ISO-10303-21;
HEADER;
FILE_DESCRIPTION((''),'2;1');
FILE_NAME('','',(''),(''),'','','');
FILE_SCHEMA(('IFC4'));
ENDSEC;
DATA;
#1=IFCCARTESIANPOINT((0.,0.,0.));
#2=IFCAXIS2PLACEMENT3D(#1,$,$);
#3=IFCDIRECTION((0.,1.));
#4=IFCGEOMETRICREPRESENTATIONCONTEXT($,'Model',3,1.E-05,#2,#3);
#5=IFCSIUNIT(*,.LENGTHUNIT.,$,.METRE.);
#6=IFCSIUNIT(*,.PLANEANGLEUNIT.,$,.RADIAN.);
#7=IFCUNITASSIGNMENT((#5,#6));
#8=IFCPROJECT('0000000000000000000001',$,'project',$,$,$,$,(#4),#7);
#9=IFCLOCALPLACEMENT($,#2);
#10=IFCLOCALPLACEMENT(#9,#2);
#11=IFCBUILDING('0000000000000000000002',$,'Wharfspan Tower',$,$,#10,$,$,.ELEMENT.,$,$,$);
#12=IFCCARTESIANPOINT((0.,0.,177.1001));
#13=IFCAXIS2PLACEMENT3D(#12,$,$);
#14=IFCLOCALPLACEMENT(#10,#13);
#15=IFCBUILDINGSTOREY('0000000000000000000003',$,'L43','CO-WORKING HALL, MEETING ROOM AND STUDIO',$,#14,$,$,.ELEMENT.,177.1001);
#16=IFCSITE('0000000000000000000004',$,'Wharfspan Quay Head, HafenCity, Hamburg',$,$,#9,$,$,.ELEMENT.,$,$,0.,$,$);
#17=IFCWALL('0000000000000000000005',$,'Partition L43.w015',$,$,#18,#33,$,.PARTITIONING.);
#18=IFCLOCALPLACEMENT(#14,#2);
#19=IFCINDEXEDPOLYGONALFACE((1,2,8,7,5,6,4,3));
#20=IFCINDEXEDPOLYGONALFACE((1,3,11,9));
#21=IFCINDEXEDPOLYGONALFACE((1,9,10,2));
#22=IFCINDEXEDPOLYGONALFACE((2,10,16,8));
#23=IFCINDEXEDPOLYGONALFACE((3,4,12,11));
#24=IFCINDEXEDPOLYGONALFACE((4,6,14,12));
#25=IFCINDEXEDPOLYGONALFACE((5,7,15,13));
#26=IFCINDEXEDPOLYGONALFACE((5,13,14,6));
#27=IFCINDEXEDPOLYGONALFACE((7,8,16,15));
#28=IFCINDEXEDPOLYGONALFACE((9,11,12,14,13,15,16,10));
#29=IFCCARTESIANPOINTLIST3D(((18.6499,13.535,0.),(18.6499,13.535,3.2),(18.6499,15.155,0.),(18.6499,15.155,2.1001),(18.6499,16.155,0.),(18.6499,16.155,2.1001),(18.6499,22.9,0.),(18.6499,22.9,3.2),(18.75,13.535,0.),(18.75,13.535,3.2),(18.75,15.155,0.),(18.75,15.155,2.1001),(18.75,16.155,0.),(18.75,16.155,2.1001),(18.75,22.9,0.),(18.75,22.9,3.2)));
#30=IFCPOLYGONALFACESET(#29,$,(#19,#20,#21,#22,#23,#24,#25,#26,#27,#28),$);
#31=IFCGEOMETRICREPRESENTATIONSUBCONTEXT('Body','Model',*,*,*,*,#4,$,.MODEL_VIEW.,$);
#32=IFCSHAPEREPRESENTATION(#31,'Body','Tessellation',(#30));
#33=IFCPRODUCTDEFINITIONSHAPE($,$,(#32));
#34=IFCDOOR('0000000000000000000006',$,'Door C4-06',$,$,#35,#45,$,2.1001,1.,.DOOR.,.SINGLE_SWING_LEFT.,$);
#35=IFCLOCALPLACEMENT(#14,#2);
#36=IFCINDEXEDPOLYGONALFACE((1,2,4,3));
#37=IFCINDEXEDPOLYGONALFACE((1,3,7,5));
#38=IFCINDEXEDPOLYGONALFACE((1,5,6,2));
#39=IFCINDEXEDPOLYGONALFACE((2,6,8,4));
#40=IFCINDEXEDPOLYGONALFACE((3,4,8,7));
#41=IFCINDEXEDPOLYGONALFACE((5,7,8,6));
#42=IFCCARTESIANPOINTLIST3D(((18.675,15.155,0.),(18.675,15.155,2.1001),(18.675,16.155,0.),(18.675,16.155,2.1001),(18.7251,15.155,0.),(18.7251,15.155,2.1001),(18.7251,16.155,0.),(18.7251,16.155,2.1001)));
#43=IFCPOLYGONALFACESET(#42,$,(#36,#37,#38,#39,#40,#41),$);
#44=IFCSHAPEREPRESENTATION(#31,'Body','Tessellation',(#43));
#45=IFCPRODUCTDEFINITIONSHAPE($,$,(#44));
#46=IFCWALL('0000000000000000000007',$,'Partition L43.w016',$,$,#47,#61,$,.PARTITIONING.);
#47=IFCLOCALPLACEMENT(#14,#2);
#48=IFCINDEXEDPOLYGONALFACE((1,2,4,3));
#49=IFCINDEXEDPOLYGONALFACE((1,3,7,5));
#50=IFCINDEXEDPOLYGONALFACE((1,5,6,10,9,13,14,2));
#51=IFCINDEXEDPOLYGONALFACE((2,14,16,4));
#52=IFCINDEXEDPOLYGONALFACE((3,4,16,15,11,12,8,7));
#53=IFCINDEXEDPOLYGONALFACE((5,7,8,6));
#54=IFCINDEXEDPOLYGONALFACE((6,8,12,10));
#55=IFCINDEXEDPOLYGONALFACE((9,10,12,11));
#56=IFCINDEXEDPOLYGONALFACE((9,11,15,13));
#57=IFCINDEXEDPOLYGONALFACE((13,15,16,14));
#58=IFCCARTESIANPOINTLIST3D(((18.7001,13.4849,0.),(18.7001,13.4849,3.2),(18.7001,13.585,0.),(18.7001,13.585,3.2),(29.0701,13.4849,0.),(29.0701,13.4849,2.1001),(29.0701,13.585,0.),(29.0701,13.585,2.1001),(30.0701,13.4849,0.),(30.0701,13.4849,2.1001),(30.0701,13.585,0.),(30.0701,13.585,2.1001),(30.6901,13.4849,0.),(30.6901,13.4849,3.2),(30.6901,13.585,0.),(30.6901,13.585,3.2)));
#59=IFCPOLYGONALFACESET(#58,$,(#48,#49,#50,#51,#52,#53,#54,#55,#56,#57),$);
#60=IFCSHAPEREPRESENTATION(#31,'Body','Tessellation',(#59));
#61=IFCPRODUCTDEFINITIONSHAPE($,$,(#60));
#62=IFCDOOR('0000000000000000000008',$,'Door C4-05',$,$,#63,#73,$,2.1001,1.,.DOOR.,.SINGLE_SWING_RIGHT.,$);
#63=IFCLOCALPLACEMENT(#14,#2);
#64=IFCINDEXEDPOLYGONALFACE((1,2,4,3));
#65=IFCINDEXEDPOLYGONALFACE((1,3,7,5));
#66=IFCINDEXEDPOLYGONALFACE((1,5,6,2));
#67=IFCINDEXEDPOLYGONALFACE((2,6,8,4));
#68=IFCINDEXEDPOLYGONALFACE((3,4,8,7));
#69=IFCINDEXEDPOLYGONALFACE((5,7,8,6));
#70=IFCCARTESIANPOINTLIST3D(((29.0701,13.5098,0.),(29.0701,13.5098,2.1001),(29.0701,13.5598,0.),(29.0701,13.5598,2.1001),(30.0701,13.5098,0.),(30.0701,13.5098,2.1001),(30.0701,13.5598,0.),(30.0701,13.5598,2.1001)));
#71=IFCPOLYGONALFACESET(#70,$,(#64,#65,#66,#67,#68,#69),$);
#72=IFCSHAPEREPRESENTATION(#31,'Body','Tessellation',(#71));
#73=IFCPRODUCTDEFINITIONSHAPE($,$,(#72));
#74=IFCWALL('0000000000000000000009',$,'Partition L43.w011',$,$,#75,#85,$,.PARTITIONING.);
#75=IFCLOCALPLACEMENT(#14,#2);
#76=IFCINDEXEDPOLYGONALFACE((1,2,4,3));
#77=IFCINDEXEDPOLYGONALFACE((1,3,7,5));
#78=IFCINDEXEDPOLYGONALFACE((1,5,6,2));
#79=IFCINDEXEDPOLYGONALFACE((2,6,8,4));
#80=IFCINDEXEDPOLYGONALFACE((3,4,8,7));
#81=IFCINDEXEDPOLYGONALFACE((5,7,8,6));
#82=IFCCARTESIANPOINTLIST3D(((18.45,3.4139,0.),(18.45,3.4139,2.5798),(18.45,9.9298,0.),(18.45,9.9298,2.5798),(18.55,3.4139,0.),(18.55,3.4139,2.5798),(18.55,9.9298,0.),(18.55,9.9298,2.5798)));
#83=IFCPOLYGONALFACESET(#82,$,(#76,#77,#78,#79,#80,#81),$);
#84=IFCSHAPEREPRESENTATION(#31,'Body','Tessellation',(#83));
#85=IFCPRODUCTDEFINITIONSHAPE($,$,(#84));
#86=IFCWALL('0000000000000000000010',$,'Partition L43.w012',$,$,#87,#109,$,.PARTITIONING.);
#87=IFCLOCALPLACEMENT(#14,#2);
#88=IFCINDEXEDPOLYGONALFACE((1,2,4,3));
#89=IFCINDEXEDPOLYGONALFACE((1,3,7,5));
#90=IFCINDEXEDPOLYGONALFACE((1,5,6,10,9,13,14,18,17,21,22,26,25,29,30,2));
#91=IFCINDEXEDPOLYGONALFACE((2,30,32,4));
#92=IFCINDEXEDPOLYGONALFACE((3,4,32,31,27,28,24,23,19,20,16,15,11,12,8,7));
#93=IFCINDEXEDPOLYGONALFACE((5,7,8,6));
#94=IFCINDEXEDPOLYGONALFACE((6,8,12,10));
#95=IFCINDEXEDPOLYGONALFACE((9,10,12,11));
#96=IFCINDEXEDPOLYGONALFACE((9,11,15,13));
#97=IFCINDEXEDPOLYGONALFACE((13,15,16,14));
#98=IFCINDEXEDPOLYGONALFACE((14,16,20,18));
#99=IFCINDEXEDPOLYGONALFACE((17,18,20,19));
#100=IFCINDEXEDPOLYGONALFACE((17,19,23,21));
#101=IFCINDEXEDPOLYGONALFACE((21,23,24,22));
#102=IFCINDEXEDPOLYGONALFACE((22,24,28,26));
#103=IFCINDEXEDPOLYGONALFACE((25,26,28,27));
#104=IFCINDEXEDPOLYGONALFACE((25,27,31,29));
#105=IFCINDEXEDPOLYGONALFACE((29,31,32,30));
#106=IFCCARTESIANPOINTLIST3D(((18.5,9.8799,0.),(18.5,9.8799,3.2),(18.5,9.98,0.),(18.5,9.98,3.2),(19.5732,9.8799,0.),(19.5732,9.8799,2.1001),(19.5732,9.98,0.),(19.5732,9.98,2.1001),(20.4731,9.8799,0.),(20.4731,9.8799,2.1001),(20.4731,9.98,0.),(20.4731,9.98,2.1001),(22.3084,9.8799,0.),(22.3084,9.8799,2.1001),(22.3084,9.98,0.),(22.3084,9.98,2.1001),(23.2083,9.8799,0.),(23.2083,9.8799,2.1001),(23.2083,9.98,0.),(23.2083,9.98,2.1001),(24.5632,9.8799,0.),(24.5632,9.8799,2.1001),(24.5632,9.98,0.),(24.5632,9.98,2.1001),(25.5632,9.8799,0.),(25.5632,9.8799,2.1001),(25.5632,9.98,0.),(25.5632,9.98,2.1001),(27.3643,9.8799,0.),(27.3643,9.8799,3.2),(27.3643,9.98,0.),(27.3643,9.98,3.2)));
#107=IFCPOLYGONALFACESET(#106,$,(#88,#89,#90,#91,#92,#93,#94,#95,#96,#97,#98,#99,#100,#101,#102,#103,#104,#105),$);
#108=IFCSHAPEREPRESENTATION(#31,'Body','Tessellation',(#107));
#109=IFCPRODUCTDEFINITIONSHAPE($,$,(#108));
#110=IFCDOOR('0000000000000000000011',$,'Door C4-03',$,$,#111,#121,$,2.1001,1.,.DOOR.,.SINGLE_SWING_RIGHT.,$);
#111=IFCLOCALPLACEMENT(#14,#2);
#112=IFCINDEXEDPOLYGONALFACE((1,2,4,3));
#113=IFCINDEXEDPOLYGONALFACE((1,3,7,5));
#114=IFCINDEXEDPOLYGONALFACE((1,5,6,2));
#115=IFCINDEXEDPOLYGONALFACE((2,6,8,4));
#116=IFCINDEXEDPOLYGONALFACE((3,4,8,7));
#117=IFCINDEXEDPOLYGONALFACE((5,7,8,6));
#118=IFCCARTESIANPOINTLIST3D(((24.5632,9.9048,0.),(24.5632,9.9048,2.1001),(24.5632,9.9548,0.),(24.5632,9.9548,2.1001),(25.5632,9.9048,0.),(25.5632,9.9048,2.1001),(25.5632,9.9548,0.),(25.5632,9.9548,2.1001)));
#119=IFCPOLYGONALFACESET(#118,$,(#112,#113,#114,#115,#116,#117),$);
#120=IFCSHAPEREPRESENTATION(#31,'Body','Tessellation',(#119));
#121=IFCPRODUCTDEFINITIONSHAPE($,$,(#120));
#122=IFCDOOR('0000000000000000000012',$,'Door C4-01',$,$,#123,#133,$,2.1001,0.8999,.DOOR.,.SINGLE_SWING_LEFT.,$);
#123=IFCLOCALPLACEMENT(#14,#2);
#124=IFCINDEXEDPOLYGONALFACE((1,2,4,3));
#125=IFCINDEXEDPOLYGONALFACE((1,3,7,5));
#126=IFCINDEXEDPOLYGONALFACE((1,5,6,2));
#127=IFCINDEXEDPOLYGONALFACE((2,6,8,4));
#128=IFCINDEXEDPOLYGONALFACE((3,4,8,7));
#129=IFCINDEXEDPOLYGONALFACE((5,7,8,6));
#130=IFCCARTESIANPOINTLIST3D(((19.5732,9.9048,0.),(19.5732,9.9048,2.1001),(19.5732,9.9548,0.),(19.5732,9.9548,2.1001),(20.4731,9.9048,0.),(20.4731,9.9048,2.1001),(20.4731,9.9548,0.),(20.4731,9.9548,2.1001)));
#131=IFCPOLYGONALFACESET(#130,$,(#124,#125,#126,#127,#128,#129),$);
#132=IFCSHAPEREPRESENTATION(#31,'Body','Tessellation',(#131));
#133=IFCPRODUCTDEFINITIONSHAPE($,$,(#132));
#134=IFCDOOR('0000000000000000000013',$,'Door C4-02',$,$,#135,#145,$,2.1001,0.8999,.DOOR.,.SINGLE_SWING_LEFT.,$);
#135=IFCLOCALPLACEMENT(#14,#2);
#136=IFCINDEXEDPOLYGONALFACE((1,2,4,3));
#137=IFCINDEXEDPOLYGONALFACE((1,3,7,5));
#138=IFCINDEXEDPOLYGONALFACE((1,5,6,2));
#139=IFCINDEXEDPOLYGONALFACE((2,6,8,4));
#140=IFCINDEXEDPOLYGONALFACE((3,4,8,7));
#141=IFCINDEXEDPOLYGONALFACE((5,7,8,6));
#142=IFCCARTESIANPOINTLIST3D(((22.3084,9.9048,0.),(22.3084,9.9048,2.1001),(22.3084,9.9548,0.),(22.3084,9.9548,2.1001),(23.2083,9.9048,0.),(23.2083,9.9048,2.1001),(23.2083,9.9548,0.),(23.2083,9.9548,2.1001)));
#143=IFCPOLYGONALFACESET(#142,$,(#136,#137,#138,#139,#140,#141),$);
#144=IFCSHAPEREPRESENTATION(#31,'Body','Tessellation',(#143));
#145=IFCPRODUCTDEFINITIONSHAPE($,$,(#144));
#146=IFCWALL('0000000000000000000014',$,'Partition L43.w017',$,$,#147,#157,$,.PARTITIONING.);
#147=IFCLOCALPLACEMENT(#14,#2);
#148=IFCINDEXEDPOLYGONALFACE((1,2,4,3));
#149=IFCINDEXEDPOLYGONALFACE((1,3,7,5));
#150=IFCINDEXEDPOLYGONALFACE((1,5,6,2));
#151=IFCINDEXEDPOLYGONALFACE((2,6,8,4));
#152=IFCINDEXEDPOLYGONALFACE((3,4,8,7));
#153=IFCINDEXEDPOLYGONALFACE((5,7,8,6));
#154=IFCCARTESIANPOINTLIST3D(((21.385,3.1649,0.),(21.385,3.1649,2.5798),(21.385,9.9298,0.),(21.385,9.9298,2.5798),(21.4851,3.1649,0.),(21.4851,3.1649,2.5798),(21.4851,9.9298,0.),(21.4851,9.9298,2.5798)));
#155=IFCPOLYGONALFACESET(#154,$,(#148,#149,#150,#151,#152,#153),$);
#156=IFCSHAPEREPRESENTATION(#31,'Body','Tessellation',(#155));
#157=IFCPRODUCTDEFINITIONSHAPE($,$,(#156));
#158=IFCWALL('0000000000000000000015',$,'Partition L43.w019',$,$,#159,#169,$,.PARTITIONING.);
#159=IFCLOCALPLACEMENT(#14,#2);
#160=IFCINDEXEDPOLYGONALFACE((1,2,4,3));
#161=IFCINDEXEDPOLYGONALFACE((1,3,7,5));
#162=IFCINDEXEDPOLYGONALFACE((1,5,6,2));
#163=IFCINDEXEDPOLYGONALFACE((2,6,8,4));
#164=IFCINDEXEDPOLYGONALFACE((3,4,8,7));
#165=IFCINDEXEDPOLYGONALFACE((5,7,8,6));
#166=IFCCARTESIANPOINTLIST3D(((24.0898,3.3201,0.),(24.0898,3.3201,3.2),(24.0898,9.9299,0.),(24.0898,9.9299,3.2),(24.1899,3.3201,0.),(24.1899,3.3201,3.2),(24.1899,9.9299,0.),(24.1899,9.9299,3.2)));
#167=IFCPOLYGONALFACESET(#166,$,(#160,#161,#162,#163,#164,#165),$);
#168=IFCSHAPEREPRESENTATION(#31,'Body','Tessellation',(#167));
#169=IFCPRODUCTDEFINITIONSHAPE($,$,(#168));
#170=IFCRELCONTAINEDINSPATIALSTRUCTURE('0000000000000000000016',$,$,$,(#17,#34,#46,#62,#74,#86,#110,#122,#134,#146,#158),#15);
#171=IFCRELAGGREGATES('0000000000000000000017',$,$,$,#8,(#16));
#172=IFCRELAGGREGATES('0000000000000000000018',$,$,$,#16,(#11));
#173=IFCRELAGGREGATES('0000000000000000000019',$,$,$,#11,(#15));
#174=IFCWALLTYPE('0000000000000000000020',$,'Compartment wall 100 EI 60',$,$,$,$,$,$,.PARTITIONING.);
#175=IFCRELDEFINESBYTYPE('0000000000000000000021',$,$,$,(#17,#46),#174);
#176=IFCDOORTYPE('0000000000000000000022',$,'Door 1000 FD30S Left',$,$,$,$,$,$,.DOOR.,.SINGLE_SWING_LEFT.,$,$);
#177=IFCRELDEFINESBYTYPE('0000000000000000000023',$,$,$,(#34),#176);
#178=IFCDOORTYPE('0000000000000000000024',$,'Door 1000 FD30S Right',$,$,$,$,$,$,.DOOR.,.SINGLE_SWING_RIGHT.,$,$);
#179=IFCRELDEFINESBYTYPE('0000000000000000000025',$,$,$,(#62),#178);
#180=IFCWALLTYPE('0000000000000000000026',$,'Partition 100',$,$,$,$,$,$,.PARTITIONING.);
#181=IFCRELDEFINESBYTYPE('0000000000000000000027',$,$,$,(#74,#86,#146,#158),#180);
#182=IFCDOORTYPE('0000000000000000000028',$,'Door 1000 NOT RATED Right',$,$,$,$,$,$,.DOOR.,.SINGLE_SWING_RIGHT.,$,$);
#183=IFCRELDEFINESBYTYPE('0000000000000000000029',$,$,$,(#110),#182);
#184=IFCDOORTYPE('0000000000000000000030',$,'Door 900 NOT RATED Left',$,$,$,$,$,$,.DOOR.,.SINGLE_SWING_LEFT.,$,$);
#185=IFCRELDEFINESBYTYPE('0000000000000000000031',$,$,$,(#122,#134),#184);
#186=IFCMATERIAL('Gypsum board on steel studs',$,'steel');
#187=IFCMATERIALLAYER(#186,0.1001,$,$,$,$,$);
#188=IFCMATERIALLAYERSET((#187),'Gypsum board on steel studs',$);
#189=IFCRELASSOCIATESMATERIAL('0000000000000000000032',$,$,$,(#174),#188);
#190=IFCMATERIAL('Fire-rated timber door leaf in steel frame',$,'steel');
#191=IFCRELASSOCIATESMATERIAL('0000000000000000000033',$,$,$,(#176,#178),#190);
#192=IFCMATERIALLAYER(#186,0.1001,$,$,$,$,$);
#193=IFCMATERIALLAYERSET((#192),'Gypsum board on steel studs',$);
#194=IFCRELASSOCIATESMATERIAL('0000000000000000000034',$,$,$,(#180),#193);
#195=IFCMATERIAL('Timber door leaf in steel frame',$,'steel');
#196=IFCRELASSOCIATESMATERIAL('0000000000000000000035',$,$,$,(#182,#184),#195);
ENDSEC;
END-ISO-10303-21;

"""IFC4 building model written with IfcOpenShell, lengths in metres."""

from ifc_helpers import new_model, si_unit, direction, frame, frame_2d, origin, place, context, subcontext, project, spatial, rectangle, extrude, material, layer, layer_set, type_object, element, fill, save


model = new_model("IFC4")

# Units and contexts
model_context = context("Model", 3, precision=1e-05, world=origin(), true_north=direction((0.0, 1.0)))
body_context = subcontext(model_context, "Body", "Model", "MODEL_VIEW")
ifc_project = project(units=[si_unit("LENGTHUNIT", "METRE"), si_unit("PLANEANGLEUNIT", "RADIAN")], contexts=[model_context])

# Site, building, storey
site_placement = place(None, origin())
site = spatial("IfcSite", under=ifc_project, at=site_placement, Name="Wharfspan Quay Head, HafenCity, Hamburg", CompositionType="ELEMENT", RefElevation=0.0)
building_placement = place(site_placement, origin())
building = spatial("IfcBuilding", under=site, at=building_placement, Name="Wharfspan Tower", CompositionType="ELEMENT")
storey_placement = place(building_placement, frame((0.0, 0.0, 177.1001)))
storey = spatial("IfcBuildingStorey", under=building, at=storey_placement, Name="L43", Description="CO-WORKING HALL, MEETING ROOM AND STUDIO", CompositionType="ELEMENT", Elevation=177.1001)

# Walls, openings, doors
ifc_material_1 = material(Name="Gypsum board on steel studs", Category="steel")
ifc_layer_1 = layer(ifc_material_1, 0.1001)
ifc_layer_set_1 = layer_set([ifc_layer_1], Name="Gypsum board on steel studs")
wall_type_1 = type_object("IfcWallType", Name="Compartment wall 100 EI 60", PredefinedType="PARTITIONING", material=ifc_layer_set_1)
ifc_material_2 = material(Name="Fire-rated timber door leaf in steel frame", Category="steel")
wall_1_placement = place(storey_placement, frame((18.7, 13.5349, 0.0), z_axis=(0.0, 0.0, 1.0), x_axis=(0.0, 1.0, 0.0)))
wall_1 = element("IfcWall", 1, at=wall_1_placement, inside=storey, type_object=wall_type_1, Name="Partition L43.w015", PredefinedType="PARTITIONING", context=body_context, shape_type="SweptSolid", body=[
    extrude(rectangle(XDim=9.365, YDim=0.1001, at=frame_2d((4.6826, 0.0))), origin(), (0.0, 0.0, 1.0), 3.2),
])
opening_1_placement = place(wall_1_placement, frame((1.6201, 0.0, 0.0)))
opening_1 = element("IfcOpeningElement", 2, at=opening_1_placement, cuts=wall_1, PredefinedType="OPENING", context=body_context, shape_type="SweptSolid", body=[
    extrude(rectangle(XDim=1.0, YDim=2.1001, at=frame_2d((0.5, 1.05))), frame((0.0, 0.0601, 0.0), z_axis=(0.0, -1.0, 0.0), x_axis=(1.0, 0.0, 0.0)), (0.0, 0.0, 1.0), 0.1201),
])
door_type_1 = type_object("IfcDoorType", Name="Door 1000 FD30S Left", OperationType="SINGLE_SWING_LEFT", PredefinedType="DOOR", material=ifc_material_2)
door_1_placement = place(opening_1_placement, origin())
door_1 = element("IfcDoor", 3, at=door_1_placement, inside=storey, type_object=door_type_1, Name="Door C4-06", OperationType="SINGLE_SWING_LEFT", OverallHeight=2.1001, OverallWidth=1.0, PredefinedType="DOOR", context=body_context, shape_type="SweptSolid", body=[
    extrude(rectangle(XDim=1.0, YDim=2.1001, at=frame_2d((0.5, 1.05))), frame((0.0, 0.0249, 0.0), z_axis=(0.0, -1.0, 0.0), x_axis=(1.0, 0.0, 0.0)), (0.0, 0.0, 1.0), 0.05),
])
fill(opening_1, door_1)
wall_2_placement = place(storey_placement, frame((18.7, 13.5349, 0.0), z_axis=(0.0, 0.0, 1.0), x_axis=(1.0, 0.0, 0.0)))
wall_2 = element("IfcWall", 4, at=wall_2_placement, inside=storey, type_object=wall_type_1, Name="Partition L43.w016", PredefinedType="PARTITIONING", context=body_context, shape_type="SweptSolid", body=[
    extrude(rectangle(XDim=11.99, YDim=0.1001, at=frame_2d((5.9951, 0.0))), origin(), (0.0, 0.0, 1.0), 3.2),
])
opening_2_placement = place(wall_2_placement, frame((10.3701, 0.0, 0.0)))
opening_2 = element("IfcOpeningElement", 5, at=opening_2_placement, cuts=wall_2, PredefinedType="OPENING", context=body_context, shape_type="SweptSolid", body=[
    extrude(rectangle(XDim=1.0, YDim=2.1001, at=frame_2d((0.5, 1.05))), frame((0.0, 0.0601, 0.0), z_axis=(0.0, -1.0, 0.0), x_axis=(1.0, 0.0, 0.0)), (0.0, 0.0, 1.0), 0.1201),
])
door_type_2 = type_object("IfcDoorType", Name="Door 1000 FD30S Right", OperationType="SINGLE_SWING_RIGHT", PredefinedType="DOOR", material=ifc_material_2)
door_2_placement = place(opening_2_placement, origin())
door_2 = element("IfcDoor", 6, at=door_2_placement, inside=storey, type_object=door_type_2, Name="Door C4-05", OperationType="SINGLE_SWING_RIGHT", OverallHeight=2.1001, OverallWidth=1.0, PredefinedType="DOOR", context=body_context, shape_type="SweptSolid", body=[
    extrude(rectangle(XDim=1.0, YDim=2.1001, at=frame_2d((0.5, 1.05))), frame((0.0, 0.0249, 0.0), z_axis=(0.0, -1.0, 0.0), x_axis=(1.0, 0.0, 0.0)), (0.0, 0.0, 1.0), 0.05),
])
fill(opening_2, door_2)

# Wall
ifc_layer_2 = layer(ifc_material_1, 0.1001)
ifc_layer_set_2 = layer_set([ifc_layer_2], Name="Gypsum board on steel studs")
wall_type_2 = type_object("IfcWallType", Name="Partition 100", PredefinedType="PARTITIONING", material=ifc_layer_set_2)
wall_3_placement = place(storey_placement, frame((18.5, 3.4141, 0.0), z_axis=(0.0, 0.0, 1.0), x_axis=(0.0, 1.0, 0.0)))
element("IfcWall", 7, at=wall_3_placement, inside=storey, type_object=wall_type_2, Name="Partition L43.w011", PredefinedType="PARTITIONING", context=body_context, shape_type="SweptSolid", body=[
    extrude(rectangle(XDim=6.5159, YDim=0.1001, at=frame_2d((3.2578, 0.0))), origin(), (0.0, 0.0, 1.0), 2.5798),
])

# Wall, openings, doors
wall_4_placement = place(storey_placement, frame((18.5, 9.9299, 0.0), z_axis=(0.0, 0.0, 1.0), x_axis=(1.0, 0.0, 0.0)))
wall_4 = element("IfcWall", 8, at=wall_4_placement, inside=storey, type_object=wall_type_2, Name="Partition L43.w012", PredefinedType="PARTITIONING", context=body_context, shape_type="SweptSolid", body=[
    extrude(rectangle(XDim=8.8643, YDim=0.1001, at=frame_2d((4.4321, 0.0))), origin(), (0.0, 0.0, 1.0), 3.2),
])
opening_3_placement = place(wall_4_placement, frame((1.0732, 0.0, 0.0)))
opening_3 = element("IfcOpeningElement", 9, at=opening_3_placement, cuts=wall_4, PredefinedType="OPENING", context=body_context, shape_type="SweptSolid", body=[
    extrude(rectangle(XDim=0.8999, YDim=2.1001, at=frame_2d((0.45, 1.05))), frame((0.0, 0.0601, 0.0), z_axis=(0.0, -1.0, 0.0), x_axis=(1.0, 0.0, 0.0)), (0.0, 0.0, 1.0), 0.1201),
])
opening_4_placement = place(wall_4_placement, frame((3.8083, 0.0, 0.0)))
opening_4 = element("IfcOpeningElement", 10, at=opening_4_placement, cuts=wall_4, PredefinedType="OPENING", context=body_context, shape_type="SweptSolid", body=[
    extrude(rectangle(XDim=0.8999, YDim=2.1001, at=frame_2d((0.45, 1.05))), frame((0.0, 0.0601, 0.0), z_axis=(0.0, -1.0, 0.0), x_axis=(1.0, 0.0, 0.0)), (0.0, 0.0, 1.0), 0.1201),
])
opening_5_placement = place(wall_4_placement, frame((6.0632, 0.0, 0.0)))
opening_5 = element("IfcOpeningElement", 11, at=opening_5_placement, cuts=wall_4, PredefinedType="OPENING", context=body_context, shape_type="SweptSolid", body=[
    extrude(rectangle(XDim=1.0, YDim=2.1001, at=frame_2d((0.5, 1.05))), frame((0.0, 0.0601, 0.0), z_axis=(0.0, -1.0, 0.0), x_axis=(1.0, 0.0, 0.0)), (0.0, 0.0, 1.0), 0.1201),
])
ifc_material_3 = material(Name="Timber door leaf in steel frame", Category="steel")
door_type_3 = type_object("IfcDoorType", Name="Door 1000 NOT RATED Right", OperationType="SINGLE_SWING_RIGHT", PredefinedType="DOOR", material=ifc_material_3)
door_3_placement = place(opening_5_placement, origin())
door_3 = element("IfcDoor", 12, at=door_3_placement, inside=storey, type_object=door_type_3, Name="Door C4-03", OperationType="SINGLE_SWING_RIGHT", OverallHeight=2.1001, OverallWidth=1.0, PredefinedType="DOOR", context=body_context, shape_type="SweptSolid", body=[
    extrude(rectangle(XDim=1.0, YDim=2.1001, at=frame_2d((0.5, 1.05))), frame((0.0, 0.0249, 0.0), z_axis=(0.0, -1.0, 0.0), x_axis=(1.0, 0.0, 0.0)), (0.0, 0.0, 1.0), 0.05),
])
fill(opening_5, door_3)
door_type_4 = type_object("IfcDoorType", Name="Door 900 NOT RATED Left", OperationType="SINGLE_SWING_LEFT", PredefinedType="DOOR", material=ifc_material_3)
door_4_placement = place(opening_3_placement, origin())
door_4 = element("IfcDoor", 13, at=door_4_placement, inside=storey, type_object=door_type_4, Name="Door C4-01", OperationType="SINGLE_SWING_LEFT", OverallHeight=2.1001, OverallWidth=0.8999, PredefinedType="DOOR", context=body_context, shape_type="SweptSolid", body=[
    extrude(rectangle(XDim=0.8999, YDim=2.1001, at=frame_2d((0.45, 1.05))), frame((0.0, 0.0249, 0.0), z_axis=(0.0, -1.0, 0.0), x_axis=(1.0, 0.0, 0.0)), (0.0, 0.0, 1.0), 0.05),
])
fill(opening_3, door_4)
door_5_placement = place(opening_4_placement, origin())
door_5 = element("IfcDoor", 14, at=door_5_placement, inside=storey, type_object=door_type_4, Name="Door C4-02", OperationType="SINGLE_SWING_LEFT", OverallHeight=2.1001, OverallWidth=0.8999, PredefinedType="DOOR", context=body_context, shape_type="SweptSolid", body=[
    extrude(rectangle(XDim=0.8999, YDim=2.1001, at=frame_2d((0.45, 1.05))), frame((0.0, 0.0249, 0.0), z_axis=(0.0, -1.0, 0.0), x_axis=(1.0, 0.0, 0.0)), (0.0, 0.0, 1.0), 0.05),
])
fill(opening_4, door_5)

# Walls
wall_5_placement = place(storey_placement, frame((21.4351, 3.165, 0.0), z_axis=(0.0, 0.0, 1.0), x_axis=(0.0, 1.0, 0.0)))
element("IfcWall", 15, at=wall_5_placement, inside=storey, type_object=wall_type_2, Name="Partition L43.w017", PredefinedType="PARTITIONING", context=body_context, shape_type="SweptSolid", body=[
    extrude(rectangle(XDim=6.7649, YDim=0.1001, at=frame_2d((3.3823, 0.0))), origin(), (0.0, 0.0, 1.0), 2.5798),
])
wall_6_placement = place(storey_placement, frame((24.1399, 3.3201, 0.0), z_axis=(0.0, 0.0, 1.0), x_axis=(0.0, 1.0, 0.0)))
element("IfcWall", 16, at=wall_6_placement, inside=storey, type_object=wall_type_2, Name="Partition L43.w019", PredefinedType="PARTITIONING", context=body_context, shape_type="SweptSolid", body=[
    extrude(rectangle(XDim=6.6099, YDim=0.1001, at=frame_2d((3.3049, 0.0))), origin(), (0.0, 0.0, 1.0), 3.2),
])

save(model, "model.ifc")
